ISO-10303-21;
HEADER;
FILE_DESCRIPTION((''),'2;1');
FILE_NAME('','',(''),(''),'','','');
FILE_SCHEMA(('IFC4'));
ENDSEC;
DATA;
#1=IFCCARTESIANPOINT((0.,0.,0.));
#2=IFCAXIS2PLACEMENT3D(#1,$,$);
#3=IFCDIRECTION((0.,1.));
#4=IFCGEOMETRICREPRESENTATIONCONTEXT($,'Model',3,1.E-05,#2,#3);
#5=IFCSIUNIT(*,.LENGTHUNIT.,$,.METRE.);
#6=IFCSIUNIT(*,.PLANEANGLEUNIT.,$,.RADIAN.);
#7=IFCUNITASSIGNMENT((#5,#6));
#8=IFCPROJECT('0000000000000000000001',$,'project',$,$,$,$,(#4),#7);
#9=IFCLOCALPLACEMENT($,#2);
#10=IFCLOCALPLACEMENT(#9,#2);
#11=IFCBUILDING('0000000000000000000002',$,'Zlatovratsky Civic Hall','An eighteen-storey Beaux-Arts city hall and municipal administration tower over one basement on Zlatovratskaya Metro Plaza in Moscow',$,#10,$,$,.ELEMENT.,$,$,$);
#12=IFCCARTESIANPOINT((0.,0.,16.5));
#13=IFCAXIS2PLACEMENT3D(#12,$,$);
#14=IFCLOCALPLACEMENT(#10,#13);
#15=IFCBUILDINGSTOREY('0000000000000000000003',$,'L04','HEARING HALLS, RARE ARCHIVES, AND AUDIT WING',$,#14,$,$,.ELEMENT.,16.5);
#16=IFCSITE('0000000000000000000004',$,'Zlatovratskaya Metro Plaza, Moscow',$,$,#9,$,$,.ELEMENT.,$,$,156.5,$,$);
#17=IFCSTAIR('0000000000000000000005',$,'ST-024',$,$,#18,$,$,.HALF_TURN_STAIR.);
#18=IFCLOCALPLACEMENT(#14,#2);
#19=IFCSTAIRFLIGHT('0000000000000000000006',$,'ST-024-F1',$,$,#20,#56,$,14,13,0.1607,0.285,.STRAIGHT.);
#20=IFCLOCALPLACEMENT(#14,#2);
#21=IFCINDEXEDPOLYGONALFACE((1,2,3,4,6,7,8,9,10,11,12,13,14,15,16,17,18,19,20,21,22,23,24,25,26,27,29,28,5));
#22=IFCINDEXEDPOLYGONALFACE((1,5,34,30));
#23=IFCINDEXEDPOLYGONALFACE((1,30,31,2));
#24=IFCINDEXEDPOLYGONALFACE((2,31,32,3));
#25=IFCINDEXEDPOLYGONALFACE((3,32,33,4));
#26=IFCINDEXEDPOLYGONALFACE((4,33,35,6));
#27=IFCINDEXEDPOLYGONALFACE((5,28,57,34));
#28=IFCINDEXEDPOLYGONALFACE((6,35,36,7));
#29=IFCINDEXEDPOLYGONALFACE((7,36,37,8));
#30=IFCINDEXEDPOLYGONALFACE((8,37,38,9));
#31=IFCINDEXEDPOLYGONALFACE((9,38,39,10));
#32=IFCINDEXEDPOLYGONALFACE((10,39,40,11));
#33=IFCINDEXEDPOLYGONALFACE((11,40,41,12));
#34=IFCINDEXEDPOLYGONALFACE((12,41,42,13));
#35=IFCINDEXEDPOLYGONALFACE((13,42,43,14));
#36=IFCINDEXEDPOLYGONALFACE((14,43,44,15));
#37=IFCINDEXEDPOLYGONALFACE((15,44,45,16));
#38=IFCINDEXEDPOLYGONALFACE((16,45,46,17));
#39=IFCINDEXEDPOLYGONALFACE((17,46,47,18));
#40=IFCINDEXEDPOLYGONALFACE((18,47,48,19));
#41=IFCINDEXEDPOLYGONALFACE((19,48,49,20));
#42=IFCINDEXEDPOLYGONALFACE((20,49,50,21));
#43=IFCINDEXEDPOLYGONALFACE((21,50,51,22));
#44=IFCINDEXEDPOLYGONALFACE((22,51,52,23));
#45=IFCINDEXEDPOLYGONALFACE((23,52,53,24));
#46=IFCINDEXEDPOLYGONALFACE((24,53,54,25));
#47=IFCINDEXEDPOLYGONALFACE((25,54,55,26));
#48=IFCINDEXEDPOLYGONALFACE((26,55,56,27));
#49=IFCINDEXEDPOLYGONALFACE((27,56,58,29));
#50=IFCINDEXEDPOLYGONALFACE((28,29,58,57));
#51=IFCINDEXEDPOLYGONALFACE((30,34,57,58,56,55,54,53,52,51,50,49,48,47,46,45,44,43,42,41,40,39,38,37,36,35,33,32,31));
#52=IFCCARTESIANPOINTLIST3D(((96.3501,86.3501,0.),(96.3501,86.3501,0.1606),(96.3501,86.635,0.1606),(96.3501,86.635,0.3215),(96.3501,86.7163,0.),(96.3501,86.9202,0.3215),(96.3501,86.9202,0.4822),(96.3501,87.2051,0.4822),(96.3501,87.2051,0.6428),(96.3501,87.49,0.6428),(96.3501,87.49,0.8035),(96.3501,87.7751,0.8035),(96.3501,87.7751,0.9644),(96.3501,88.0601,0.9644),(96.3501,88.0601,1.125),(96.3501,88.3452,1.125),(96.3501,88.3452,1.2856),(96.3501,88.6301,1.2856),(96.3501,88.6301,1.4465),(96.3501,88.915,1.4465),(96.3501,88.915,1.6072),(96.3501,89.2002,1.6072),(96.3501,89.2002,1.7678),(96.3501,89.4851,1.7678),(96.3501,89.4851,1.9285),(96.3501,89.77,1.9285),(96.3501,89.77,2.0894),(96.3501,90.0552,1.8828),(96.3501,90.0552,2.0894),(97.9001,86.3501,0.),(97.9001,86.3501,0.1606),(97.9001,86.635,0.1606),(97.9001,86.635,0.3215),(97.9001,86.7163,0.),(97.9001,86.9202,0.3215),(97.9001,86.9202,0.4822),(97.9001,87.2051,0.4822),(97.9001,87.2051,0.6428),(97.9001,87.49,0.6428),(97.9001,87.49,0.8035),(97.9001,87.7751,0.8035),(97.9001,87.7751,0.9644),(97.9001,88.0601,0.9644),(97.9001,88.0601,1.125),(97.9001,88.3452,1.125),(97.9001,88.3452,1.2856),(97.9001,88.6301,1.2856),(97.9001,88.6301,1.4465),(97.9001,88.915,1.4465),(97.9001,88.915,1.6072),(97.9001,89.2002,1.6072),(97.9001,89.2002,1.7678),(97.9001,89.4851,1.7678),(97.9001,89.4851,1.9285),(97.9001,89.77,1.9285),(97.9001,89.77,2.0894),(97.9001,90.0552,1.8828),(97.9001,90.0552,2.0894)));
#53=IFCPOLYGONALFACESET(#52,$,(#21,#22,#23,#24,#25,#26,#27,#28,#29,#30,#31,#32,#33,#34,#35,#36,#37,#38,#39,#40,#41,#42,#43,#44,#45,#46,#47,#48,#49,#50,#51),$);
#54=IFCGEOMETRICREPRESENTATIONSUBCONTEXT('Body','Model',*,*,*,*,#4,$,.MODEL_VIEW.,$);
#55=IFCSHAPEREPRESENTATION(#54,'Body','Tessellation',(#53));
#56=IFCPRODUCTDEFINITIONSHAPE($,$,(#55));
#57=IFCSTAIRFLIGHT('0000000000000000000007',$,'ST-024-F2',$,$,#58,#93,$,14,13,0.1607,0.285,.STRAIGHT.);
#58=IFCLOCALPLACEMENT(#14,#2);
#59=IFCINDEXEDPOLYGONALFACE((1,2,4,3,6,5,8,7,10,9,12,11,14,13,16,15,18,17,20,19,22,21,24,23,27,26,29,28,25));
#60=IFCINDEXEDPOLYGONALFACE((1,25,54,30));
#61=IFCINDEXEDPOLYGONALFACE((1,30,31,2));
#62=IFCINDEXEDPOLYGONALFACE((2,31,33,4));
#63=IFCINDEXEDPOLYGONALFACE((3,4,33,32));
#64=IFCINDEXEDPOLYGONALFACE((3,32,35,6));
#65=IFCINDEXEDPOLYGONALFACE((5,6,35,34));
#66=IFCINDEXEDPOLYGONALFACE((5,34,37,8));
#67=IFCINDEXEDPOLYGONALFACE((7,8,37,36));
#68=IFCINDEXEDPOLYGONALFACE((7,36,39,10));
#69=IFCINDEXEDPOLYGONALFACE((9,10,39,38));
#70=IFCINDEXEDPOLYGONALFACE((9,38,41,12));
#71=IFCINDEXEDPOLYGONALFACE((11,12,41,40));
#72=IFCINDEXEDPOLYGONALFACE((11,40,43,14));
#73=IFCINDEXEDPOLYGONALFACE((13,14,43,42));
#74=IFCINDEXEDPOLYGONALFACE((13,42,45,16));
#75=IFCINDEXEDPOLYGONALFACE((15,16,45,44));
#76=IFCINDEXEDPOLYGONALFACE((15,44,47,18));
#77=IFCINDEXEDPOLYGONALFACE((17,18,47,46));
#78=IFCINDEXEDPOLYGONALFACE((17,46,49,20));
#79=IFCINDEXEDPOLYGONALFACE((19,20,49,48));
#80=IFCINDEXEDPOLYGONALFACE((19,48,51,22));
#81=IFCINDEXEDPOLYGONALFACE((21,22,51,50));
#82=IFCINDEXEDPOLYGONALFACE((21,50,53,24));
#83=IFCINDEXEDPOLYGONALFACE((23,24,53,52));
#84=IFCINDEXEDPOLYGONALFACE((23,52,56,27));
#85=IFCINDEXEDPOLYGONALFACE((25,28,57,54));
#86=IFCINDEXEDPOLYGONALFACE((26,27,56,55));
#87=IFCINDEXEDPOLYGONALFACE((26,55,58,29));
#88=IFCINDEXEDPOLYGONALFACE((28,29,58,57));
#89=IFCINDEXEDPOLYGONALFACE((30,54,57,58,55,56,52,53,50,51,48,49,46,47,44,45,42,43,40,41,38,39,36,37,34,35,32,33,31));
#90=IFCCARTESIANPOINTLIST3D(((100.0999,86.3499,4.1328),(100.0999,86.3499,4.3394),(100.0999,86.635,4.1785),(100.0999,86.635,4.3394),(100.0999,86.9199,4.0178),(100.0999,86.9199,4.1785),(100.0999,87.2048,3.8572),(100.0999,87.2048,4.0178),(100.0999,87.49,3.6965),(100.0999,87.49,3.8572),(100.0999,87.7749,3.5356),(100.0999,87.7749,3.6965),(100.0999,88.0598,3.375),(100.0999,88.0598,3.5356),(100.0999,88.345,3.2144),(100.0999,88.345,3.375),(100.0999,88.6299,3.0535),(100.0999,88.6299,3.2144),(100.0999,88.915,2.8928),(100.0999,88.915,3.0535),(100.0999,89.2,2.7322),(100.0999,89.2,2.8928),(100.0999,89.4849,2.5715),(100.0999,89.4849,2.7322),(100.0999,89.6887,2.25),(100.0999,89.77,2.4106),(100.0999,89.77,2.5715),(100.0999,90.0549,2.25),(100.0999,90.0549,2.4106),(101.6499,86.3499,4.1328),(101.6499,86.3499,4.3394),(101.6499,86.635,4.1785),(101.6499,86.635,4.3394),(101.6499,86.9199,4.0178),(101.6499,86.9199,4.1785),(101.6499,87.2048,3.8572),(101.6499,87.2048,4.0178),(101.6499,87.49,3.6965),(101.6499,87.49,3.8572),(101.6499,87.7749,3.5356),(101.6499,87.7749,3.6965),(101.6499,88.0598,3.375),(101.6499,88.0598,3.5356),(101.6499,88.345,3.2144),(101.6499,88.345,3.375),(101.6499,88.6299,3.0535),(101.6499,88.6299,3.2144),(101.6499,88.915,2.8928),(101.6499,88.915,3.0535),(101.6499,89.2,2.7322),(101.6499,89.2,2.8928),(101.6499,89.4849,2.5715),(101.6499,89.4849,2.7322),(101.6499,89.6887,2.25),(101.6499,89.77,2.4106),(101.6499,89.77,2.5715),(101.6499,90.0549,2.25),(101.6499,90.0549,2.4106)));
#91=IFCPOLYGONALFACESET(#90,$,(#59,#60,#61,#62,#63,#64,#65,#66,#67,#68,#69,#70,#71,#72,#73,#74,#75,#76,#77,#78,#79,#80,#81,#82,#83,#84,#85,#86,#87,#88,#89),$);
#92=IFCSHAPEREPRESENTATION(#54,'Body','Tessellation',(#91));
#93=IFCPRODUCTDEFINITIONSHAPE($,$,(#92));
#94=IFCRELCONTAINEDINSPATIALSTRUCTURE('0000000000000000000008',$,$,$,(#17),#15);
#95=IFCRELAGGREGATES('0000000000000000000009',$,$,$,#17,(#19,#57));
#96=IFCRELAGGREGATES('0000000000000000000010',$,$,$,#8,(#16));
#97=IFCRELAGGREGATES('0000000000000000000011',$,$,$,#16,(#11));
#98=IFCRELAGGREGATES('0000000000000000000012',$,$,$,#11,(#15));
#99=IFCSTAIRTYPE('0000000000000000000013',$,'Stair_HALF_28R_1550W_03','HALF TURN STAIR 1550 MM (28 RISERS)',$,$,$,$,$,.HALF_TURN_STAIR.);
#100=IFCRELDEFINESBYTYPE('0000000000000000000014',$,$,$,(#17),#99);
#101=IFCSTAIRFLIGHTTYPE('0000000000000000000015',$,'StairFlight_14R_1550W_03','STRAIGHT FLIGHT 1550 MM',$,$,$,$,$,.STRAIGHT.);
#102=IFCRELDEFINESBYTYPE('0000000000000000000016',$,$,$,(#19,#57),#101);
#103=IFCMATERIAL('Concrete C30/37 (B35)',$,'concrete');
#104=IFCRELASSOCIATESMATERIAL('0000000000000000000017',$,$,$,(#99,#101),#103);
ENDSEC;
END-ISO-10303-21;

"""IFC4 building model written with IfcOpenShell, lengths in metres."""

from ifc_helpers import new_model, si_unit, direction, frame, origin, place, context, subcontext, project, spatial, polyline, outline, extrude, material, type_object, element, aggregate, save


model = new_model("IFC4")

# Units and contexts
model_context = context("Model", 3, precision=1e-05, world=origin(), true_north=direction((0.0, 1.0)))
body_context = subcontext(model_context, "Body", "Model", "MODEL_VIEW")
ifc_project = project(units=[si_unit("LENGTHUNIT", "METRE"), si_unit("PLANEANGLEUNIT", "RADIAN")], contexts=[model_context])

# Site, building, storey
site_placement = place(None, origin())
site = spatial("IfcSite", under=ifc_project, at=site_placement, Name="Zlatovratskaya Metro Plaza, Moscow", CompositionType="ELEMENT", RefElevation=156.5)
building_placement = place(site_placement, origin())
building = spatial("IfcBuilding", under=site, at=building_placement, Name="Zlatovratsky Civic Hall", Description="An eighteen-storey Beaux-Arts city hall and municipal administration tower over one basement on Zlatovratskaya Metro Plaza in Moscow", CompositionType="ELEMENT")
storey_placement = place(building_placement, frame((0.0, 0.0, 16.5)))
storey = spatial("IfcBuildingStorey", under=building, at=storey_placement, Name="L04", Description="HEARING HALLS, RARE ARCHIVES, AND AUDIT WING", CompositionType="ELEMENT", Elevation=16.5)

# Stair, stair flights
ifc_material_1 = material(Name="Concrete C30/37 (B35)", Category="concrete")
stair_type = type_object("IfcStairType", Name="Stair_HALF_28R_1550W_03", Description="HALF TURN STAIR 1550 MM (28 RISERS)", PredefinedType="HALF_TURN_STAIR", material=ifc_material_1)
stair_placement = place(storey_placement, origin())
stair = element("IfcStair", 1, at=stair_placement, inside=storey, type_object=stair_type, Name="ST-024", PredefinedType="HALF_TURN_STAIR")
stair_flight_type = type_object("IfcStairFlightType", Name="StairFlight_14R_1550W_03", Description="STRAIGHT FLIGHT 1550 MM", PredefinedType="STRAIGHT", material=ifc_material_1)
stair_flight_1_placement = place(storey_placement, frame((97.125, 86.3501, 0.0), z_axis=(0.0, 0.0, 1.0), x_axis=(0.0, 1.0, 0.0)))
stair_flight_1 = element("IfcStairFlight", 2, at=stair_flight_1_placement, type_object=stair_flight_type, Name="ST-024-F1", NumberOfRisers=14, NumberOfTreads=13, PredefinedType="STRAIGHT", RiserHeight=0.1607, TreadLength=0.285, context=body_context, shape_type="SweptSolid", body=[
    extrude(outline(polyline([(0.0, 0.0), (0.0, 0.1606), (0.2849, 0.1606), (0.2849, 0.3215), (0.5701, 0.3215), (0.5701, 0.4822), (0.855, 0.4822), (0.855, 0.6428), (1.1399, 0.6428), (1.1399, 0.8035), (1.425, 0.8035), (1.425, 0.9644), (1.71, 0.9644), (1.71, 1.125), (1.9951, 1.125), (1.9951, 1.2856), (2.28, 1.2856), (2.28, 1.4465), (2.5649, 1.4465), (2.5649, 1.6072), (2.8501, 1.6072), (2.8501, 1.7678), (3.135, 1.7678), (3.135, 1.9285), (3.4199, 1.9285), (3.4199, 2.0894), (3.7051, 2.0894), (3.7051, 2.25), (3.7051, 1.8828), (0.3662, 0.0), (0.0, 0.0)])), frame((0.0, 0.7749, 0.0), z_axis=(0.0, -1.0, 0.0), x_axis=(1.0, 0.0, 0.0)), (0.0, 0.0, 1.0), 1.55),
])
stair_flight_2_placement = place(storey_placement, frame((100.875, 90.0549, 2.25), z_axis=(0.0, 0.0, 1.0), x_axis=(0.0, -1.0, 0.0)))
stair_flight_2 = element("IfcStairFlight", 3, at=stair_flight_2_placement, type_object=stair_flight_type, Name="ST-024-F2", NumberOfRisers=14, NumberOfTreads=13, PredefinedType="STRAIGHT", RiserHeight=0.1607, TreadLength=0.285, context=body_context, shape_type="SweptSolid", body=[
    extrude(outline(polyline([(0.0, 0.0), (0.0, 0.1606), (0.2849, 0.1606), (0.2849, 0.3215), (0.5701, 0.3215), (0.5701, 0.4822), (0.855, 0.4822), (0.855, 0.6428), (1.1399, 0.6428), (1.1399, 0.8035), (1.425, 0.8035), (1.425, 0.9644), (1.71, 0.9644), (1.71, 1.125), (1.9951, 1.125), (1.9951, 1.2856), (2.28, 1.2856), (2.28, 1.4465), (2.5649, 1.4465), (2.5649, 1.6072), (2.8501, 1.6072), (2.8501, 1.7678), (3.135, 1.7678), (3.135, 1.9285), (3.4199, 1.9285), (3.4199, 2.0894), (3.7051, 2.0894), (3.7051, 2.25), (3.7051, 1.8828), (0.3662, 0.0), (0.0, 0.0)])), frame((0.0, 0.7749, 0.0), z_axis=(0.0, -1.0, 0.0), x_axis=(1.0, 0.0, 0.0)), (0.0, 0.0, 1.0), 1.55),
])
aggregate(stair, [stair_flight_1, stair_flight_2])

save(model, "model.ifc")
